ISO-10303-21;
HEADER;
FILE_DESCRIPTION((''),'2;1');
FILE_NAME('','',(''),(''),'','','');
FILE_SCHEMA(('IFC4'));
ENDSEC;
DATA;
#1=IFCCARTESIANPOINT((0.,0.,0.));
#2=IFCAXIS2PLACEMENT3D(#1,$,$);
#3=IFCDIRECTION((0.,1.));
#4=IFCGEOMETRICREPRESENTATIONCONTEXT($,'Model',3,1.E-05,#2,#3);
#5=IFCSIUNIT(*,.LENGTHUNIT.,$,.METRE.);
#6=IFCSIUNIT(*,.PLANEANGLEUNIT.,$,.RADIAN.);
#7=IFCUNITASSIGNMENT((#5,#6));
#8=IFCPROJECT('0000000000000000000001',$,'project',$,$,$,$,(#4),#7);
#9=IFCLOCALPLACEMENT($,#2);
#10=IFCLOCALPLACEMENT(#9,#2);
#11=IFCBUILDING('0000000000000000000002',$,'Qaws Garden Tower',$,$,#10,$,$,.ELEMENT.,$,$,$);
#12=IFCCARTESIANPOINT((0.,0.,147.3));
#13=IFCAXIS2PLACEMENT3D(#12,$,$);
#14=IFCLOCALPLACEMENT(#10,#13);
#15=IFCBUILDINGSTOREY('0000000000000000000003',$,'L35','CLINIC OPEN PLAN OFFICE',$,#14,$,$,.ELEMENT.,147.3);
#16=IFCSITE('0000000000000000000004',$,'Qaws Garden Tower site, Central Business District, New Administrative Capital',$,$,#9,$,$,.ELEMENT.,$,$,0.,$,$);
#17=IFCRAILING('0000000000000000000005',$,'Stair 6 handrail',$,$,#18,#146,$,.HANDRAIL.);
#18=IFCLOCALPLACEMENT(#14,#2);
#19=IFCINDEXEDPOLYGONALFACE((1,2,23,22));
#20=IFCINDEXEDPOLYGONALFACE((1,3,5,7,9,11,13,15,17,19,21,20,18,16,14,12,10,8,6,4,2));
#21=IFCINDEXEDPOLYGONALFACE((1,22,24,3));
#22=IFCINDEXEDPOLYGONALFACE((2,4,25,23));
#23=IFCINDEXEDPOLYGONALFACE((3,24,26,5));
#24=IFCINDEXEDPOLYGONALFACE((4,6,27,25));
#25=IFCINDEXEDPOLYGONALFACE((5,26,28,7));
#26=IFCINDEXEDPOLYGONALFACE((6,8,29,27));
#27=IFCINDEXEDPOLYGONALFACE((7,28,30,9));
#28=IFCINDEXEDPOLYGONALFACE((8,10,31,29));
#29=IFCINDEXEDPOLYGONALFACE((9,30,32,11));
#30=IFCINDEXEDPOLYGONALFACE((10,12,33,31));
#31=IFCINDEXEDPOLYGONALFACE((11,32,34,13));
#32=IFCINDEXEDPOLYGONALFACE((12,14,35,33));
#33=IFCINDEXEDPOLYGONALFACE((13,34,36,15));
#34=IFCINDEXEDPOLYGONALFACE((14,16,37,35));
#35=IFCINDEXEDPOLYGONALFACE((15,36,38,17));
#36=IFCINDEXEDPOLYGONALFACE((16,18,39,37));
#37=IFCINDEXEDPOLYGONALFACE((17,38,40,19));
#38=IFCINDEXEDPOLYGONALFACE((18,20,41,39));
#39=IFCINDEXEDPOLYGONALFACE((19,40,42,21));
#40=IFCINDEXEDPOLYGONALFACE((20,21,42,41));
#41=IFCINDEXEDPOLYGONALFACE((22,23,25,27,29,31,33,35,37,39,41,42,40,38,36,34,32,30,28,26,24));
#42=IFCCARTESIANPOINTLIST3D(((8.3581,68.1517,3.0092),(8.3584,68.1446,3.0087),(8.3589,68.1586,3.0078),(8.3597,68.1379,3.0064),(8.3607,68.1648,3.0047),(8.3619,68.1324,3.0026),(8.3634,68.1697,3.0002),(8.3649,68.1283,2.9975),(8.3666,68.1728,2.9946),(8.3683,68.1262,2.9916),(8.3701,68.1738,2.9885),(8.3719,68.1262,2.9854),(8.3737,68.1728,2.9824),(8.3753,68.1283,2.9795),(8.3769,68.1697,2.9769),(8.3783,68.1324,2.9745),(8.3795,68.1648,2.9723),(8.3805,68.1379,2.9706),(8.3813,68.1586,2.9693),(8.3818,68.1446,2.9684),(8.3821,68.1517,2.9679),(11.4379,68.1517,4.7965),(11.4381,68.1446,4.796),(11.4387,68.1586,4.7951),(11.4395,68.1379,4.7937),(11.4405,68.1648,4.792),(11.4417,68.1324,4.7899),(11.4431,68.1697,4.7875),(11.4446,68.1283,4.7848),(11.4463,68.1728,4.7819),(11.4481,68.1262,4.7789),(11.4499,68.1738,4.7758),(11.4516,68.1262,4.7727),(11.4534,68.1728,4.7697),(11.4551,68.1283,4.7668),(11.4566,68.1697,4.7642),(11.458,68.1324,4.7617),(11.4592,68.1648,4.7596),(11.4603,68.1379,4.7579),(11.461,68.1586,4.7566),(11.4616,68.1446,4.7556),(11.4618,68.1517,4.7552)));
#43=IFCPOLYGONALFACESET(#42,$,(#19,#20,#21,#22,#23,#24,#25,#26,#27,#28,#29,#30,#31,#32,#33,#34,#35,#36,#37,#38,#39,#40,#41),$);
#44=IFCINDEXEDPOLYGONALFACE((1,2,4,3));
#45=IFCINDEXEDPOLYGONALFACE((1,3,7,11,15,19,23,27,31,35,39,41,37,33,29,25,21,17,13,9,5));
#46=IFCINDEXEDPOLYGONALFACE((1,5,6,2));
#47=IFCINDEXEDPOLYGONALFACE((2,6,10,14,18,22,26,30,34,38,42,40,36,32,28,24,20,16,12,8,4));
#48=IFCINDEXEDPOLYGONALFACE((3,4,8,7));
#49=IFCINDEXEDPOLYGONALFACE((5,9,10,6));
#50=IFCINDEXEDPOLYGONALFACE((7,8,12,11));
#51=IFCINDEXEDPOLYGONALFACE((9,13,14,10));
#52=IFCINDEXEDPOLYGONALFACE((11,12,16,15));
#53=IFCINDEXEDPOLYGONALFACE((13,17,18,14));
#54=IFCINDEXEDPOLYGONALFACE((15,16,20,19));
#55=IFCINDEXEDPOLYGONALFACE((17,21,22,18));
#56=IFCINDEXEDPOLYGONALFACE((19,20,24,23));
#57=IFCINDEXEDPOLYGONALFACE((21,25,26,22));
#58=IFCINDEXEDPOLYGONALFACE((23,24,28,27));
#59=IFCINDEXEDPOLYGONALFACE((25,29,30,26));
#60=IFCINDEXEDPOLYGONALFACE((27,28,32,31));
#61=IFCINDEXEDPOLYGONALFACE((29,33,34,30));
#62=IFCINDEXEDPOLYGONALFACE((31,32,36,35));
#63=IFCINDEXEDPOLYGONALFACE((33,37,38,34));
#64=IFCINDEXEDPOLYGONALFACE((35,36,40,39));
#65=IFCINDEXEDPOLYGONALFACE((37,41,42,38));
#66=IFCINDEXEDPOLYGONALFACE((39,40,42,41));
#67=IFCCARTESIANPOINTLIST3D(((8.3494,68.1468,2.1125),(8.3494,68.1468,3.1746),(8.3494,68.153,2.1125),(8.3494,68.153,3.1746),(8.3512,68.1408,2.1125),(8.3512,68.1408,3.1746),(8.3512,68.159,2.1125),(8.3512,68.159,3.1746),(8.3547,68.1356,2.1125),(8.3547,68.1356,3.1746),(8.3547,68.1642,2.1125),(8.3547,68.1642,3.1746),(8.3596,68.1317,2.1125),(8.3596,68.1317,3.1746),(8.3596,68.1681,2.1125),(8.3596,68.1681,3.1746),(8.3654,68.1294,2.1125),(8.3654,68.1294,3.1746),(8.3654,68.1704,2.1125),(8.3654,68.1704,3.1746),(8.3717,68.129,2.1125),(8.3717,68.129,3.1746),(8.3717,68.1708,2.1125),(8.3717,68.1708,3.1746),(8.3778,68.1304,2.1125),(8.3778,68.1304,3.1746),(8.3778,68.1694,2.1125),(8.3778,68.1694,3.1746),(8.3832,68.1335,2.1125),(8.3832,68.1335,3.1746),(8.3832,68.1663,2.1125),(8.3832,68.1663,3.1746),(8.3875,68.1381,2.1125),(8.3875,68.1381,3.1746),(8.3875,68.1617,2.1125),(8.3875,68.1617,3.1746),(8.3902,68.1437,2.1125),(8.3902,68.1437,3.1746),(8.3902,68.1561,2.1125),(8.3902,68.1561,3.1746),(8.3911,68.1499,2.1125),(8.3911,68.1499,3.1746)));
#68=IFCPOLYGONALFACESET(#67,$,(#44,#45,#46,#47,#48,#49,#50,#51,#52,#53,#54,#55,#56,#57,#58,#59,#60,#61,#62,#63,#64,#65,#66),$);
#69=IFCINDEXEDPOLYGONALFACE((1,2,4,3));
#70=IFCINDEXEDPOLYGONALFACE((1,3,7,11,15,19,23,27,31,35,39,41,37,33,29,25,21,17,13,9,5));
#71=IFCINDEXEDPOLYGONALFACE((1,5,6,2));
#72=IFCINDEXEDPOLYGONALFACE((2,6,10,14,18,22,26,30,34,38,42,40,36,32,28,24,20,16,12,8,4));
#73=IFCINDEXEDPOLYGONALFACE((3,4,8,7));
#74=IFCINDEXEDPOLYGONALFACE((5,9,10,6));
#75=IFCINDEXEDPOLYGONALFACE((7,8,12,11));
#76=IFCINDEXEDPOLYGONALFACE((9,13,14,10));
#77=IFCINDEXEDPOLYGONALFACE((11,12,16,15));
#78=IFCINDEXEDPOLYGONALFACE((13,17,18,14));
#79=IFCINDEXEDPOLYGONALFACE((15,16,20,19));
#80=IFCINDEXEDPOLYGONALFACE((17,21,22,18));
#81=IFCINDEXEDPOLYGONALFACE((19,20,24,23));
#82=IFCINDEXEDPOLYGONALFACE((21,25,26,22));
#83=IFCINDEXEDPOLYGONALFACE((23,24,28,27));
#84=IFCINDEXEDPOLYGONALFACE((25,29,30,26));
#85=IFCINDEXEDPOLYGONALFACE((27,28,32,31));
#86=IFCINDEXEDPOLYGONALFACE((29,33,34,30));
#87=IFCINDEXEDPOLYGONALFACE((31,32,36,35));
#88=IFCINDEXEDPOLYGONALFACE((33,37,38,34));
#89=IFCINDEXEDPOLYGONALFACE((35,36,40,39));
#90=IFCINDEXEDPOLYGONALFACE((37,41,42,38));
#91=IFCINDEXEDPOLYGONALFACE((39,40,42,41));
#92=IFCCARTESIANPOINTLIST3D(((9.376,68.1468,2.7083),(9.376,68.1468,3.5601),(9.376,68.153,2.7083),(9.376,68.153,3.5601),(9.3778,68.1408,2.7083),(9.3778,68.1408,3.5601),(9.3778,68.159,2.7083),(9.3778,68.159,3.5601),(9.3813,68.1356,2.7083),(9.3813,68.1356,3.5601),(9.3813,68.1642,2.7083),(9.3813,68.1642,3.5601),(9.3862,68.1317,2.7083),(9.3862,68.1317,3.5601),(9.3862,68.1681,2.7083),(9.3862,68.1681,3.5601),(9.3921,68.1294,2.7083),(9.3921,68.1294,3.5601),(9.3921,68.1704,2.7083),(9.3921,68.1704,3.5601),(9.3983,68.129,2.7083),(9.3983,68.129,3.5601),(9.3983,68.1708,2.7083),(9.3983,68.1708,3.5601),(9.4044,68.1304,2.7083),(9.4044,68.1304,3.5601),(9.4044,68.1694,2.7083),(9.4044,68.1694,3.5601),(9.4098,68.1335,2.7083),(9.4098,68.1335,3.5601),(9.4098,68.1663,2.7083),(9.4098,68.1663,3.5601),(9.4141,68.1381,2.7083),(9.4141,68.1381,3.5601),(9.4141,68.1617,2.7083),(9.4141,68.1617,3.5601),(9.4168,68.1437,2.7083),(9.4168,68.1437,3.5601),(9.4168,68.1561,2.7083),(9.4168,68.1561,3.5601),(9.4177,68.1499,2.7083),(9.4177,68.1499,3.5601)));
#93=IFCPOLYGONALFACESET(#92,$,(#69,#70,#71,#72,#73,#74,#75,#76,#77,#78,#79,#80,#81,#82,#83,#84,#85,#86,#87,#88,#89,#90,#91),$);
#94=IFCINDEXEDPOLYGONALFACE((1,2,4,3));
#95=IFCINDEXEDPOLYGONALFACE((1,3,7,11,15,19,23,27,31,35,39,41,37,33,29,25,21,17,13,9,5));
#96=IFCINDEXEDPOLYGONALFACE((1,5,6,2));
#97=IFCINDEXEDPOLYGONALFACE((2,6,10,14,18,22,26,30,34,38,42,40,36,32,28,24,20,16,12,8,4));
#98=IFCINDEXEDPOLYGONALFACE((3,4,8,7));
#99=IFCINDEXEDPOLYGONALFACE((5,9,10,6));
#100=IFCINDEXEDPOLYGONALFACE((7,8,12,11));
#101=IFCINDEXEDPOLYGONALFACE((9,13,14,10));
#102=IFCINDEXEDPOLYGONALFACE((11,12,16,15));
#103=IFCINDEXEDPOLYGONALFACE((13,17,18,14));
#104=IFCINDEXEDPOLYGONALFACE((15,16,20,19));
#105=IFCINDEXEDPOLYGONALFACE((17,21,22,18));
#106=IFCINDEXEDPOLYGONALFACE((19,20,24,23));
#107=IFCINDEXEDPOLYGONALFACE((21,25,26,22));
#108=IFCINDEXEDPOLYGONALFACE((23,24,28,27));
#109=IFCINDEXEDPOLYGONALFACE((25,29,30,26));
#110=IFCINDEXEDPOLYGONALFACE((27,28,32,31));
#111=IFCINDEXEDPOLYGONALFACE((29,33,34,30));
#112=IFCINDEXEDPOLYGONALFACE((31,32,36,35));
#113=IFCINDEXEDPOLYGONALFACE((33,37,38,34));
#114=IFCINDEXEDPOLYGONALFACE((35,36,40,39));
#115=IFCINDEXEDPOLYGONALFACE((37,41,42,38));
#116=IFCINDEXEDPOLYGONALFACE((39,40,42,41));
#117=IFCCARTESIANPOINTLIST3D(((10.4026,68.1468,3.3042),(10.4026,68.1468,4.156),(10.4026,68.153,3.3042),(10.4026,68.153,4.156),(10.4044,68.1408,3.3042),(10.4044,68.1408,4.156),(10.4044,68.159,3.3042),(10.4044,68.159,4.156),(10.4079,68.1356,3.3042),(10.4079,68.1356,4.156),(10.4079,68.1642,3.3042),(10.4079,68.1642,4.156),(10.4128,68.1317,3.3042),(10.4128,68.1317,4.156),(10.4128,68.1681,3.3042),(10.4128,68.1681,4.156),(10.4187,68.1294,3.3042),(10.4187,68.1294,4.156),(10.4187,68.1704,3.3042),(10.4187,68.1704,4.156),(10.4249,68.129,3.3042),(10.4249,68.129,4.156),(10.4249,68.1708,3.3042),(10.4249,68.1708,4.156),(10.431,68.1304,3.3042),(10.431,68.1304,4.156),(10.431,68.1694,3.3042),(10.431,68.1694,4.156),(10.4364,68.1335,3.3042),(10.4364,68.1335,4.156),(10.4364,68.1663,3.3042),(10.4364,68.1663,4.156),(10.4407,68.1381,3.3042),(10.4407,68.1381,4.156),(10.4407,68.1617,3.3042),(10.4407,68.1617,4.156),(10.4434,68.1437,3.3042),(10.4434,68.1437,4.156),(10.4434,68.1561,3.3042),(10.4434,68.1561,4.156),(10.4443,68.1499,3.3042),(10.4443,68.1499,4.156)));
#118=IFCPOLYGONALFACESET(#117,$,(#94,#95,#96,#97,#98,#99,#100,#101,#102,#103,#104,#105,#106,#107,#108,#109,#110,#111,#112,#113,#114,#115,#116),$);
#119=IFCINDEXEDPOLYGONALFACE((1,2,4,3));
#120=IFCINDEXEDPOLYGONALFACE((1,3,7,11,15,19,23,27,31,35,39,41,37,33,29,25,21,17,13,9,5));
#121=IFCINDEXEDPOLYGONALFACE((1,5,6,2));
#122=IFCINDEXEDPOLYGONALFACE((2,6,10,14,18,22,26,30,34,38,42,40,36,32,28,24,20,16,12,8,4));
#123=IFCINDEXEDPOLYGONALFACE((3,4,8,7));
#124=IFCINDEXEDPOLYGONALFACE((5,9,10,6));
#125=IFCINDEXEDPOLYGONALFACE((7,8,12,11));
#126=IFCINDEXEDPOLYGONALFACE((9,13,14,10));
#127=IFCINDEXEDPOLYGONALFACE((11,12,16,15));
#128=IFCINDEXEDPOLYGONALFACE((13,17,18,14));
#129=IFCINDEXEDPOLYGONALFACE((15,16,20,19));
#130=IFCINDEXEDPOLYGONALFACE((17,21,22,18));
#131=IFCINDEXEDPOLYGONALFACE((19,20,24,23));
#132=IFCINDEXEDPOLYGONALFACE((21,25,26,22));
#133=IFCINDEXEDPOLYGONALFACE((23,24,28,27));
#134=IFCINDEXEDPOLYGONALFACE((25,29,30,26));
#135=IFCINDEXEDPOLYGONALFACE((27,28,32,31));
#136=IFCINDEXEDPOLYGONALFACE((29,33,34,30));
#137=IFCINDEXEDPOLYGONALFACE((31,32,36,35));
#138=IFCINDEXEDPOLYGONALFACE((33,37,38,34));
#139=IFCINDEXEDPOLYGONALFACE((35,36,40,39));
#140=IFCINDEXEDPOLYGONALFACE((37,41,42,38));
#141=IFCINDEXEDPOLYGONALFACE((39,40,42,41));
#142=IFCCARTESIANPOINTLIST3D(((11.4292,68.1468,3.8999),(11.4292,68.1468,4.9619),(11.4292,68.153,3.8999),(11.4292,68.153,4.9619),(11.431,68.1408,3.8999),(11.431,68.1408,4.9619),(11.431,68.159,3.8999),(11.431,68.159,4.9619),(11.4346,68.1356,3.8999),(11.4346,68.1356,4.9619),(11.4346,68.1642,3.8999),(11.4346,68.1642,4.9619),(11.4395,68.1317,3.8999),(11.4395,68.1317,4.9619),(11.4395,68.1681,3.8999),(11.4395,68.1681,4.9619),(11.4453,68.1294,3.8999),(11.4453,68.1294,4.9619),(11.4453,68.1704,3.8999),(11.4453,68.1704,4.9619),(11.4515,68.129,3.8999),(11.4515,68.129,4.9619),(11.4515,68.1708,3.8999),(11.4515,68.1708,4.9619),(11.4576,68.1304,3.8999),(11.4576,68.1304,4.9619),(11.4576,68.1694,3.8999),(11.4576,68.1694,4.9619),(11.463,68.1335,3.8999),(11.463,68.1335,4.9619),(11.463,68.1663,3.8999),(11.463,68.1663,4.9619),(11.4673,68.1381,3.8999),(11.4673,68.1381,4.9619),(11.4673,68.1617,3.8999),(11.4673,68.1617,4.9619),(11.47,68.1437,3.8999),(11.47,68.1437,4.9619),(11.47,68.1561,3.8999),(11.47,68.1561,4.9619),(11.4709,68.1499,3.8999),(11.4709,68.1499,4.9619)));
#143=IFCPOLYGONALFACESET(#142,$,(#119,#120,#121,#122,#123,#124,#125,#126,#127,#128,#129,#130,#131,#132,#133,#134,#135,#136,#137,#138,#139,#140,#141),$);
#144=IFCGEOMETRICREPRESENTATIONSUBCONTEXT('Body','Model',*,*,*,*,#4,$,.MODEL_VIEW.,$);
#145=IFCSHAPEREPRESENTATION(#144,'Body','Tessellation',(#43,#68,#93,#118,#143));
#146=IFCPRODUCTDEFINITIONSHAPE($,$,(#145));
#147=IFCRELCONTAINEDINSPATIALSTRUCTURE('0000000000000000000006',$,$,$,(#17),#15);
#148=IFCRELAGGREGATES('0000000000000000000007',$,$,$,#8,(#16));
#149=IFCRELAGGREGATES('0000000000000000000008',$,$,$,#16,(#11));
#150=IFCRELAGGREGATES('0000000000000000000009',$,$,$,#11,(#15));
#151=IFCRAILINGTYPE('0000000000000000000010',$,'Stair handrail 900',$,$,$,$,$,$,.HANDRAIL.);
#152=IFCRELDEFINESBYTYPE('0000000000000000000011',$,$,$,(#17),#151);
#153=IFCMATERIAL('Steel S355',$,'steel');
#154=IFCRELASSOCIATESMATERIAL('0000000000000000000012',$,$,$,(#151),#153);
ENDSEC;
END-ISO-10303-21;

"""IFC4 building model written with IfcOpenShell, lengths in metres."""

from ifc_helpers import new_model, si_unit, direction, frame, origin, origin_2d, place, context, subcontext, project, spatial, circle, extrude, material, type_object, element, save


model = new_model("IFC4")

# Units and contexts
model_context = context("Model", 3, precision=1e-05, world=origin(), true_north=direction((0.0, 1.0)))
body_context = subcontext(model_context, "Body", "Model", "MODEL_VIEW")
ifc_project = project(units=[si_unit("LENGTHUNIT", "METRE"), si_unit("PLANEANGLEUNIT", "RADIAN")], contexts=[model_context])

# Site, building, storey
site_placement = place(None, origin())
site = spatial("IfcSite", under=ifc_project, at=site_placement, Name="Qaws Garden Tower site, Central Business District, New Administrative Capital", CompositionType="ELEMENT", RefElevation=0.0)
building_placement = place(site_placement, origin())
building = spatial("IfcBuilding", under=site, at=building_placement, Name="Qaws Garden Tower", CompositionType="ELEMENT")
storey_placement = place(building_placement, frame((0.0, 0.0, 147.3)))
storey = spatial("IfcBuildingStorey", under=building, at=storey_placement, Name="L35", Description="CLINIC OPEN PLAN OFFICE", CompositionType="ELEMENT", Elevation=147.3)

# Railing
ifc_material_1 = material(Name="Steel S355", Category="steel")
railing_type = type_object("IfcRailingType", Name="Stair handrail 900", PredefinedType="HANDRAIL", material=ifc_material_1)
railing_1_placement = place(storey_placement, frame((8.3701, 68.1499, 2.1125)))
element("IfcRailing", 1, at=railing_1_placement, inside=storey, type_object=railing_type, Name="Stair 6 handrail", PredefinedType="HANDRAIL", context=body_context, shape_type="SweptSolid", body=[
    extrude(circle(Radius=0.0239, at=origin_2d()), frame((0.0, 0.0, 0.876), z_axis=(0.864903, 0.0, 0.501939), x_axis=(0.0, 1.0, 0.0)), (0.0, 0.0, 1.0), 3.5608),
    extrude(circle(Radius=0.021, at=origin_2d()), origin(), (0.0, 0.0, 1.0), 1.062),
    extrude(circle(Radius=0.021, at=origin_2d()), frame((1.0266, 0.0, 0.5957)), (0.0, 0.0, 1.0), 0.8518),
    extrude(circle(Radius=0.021, at=origin_2d()), frame((2.0532, 0.0, 1.1917)), (0.0, 0.0, 1.0), 0.8518),
    extrude(circle(Radius=0.021, at=origin_2d()), frame((3.0798, 0.0, 1.7874)), (0.0, 0.0, 1.0), 1.062),
])

save(model, "model.ifc")
